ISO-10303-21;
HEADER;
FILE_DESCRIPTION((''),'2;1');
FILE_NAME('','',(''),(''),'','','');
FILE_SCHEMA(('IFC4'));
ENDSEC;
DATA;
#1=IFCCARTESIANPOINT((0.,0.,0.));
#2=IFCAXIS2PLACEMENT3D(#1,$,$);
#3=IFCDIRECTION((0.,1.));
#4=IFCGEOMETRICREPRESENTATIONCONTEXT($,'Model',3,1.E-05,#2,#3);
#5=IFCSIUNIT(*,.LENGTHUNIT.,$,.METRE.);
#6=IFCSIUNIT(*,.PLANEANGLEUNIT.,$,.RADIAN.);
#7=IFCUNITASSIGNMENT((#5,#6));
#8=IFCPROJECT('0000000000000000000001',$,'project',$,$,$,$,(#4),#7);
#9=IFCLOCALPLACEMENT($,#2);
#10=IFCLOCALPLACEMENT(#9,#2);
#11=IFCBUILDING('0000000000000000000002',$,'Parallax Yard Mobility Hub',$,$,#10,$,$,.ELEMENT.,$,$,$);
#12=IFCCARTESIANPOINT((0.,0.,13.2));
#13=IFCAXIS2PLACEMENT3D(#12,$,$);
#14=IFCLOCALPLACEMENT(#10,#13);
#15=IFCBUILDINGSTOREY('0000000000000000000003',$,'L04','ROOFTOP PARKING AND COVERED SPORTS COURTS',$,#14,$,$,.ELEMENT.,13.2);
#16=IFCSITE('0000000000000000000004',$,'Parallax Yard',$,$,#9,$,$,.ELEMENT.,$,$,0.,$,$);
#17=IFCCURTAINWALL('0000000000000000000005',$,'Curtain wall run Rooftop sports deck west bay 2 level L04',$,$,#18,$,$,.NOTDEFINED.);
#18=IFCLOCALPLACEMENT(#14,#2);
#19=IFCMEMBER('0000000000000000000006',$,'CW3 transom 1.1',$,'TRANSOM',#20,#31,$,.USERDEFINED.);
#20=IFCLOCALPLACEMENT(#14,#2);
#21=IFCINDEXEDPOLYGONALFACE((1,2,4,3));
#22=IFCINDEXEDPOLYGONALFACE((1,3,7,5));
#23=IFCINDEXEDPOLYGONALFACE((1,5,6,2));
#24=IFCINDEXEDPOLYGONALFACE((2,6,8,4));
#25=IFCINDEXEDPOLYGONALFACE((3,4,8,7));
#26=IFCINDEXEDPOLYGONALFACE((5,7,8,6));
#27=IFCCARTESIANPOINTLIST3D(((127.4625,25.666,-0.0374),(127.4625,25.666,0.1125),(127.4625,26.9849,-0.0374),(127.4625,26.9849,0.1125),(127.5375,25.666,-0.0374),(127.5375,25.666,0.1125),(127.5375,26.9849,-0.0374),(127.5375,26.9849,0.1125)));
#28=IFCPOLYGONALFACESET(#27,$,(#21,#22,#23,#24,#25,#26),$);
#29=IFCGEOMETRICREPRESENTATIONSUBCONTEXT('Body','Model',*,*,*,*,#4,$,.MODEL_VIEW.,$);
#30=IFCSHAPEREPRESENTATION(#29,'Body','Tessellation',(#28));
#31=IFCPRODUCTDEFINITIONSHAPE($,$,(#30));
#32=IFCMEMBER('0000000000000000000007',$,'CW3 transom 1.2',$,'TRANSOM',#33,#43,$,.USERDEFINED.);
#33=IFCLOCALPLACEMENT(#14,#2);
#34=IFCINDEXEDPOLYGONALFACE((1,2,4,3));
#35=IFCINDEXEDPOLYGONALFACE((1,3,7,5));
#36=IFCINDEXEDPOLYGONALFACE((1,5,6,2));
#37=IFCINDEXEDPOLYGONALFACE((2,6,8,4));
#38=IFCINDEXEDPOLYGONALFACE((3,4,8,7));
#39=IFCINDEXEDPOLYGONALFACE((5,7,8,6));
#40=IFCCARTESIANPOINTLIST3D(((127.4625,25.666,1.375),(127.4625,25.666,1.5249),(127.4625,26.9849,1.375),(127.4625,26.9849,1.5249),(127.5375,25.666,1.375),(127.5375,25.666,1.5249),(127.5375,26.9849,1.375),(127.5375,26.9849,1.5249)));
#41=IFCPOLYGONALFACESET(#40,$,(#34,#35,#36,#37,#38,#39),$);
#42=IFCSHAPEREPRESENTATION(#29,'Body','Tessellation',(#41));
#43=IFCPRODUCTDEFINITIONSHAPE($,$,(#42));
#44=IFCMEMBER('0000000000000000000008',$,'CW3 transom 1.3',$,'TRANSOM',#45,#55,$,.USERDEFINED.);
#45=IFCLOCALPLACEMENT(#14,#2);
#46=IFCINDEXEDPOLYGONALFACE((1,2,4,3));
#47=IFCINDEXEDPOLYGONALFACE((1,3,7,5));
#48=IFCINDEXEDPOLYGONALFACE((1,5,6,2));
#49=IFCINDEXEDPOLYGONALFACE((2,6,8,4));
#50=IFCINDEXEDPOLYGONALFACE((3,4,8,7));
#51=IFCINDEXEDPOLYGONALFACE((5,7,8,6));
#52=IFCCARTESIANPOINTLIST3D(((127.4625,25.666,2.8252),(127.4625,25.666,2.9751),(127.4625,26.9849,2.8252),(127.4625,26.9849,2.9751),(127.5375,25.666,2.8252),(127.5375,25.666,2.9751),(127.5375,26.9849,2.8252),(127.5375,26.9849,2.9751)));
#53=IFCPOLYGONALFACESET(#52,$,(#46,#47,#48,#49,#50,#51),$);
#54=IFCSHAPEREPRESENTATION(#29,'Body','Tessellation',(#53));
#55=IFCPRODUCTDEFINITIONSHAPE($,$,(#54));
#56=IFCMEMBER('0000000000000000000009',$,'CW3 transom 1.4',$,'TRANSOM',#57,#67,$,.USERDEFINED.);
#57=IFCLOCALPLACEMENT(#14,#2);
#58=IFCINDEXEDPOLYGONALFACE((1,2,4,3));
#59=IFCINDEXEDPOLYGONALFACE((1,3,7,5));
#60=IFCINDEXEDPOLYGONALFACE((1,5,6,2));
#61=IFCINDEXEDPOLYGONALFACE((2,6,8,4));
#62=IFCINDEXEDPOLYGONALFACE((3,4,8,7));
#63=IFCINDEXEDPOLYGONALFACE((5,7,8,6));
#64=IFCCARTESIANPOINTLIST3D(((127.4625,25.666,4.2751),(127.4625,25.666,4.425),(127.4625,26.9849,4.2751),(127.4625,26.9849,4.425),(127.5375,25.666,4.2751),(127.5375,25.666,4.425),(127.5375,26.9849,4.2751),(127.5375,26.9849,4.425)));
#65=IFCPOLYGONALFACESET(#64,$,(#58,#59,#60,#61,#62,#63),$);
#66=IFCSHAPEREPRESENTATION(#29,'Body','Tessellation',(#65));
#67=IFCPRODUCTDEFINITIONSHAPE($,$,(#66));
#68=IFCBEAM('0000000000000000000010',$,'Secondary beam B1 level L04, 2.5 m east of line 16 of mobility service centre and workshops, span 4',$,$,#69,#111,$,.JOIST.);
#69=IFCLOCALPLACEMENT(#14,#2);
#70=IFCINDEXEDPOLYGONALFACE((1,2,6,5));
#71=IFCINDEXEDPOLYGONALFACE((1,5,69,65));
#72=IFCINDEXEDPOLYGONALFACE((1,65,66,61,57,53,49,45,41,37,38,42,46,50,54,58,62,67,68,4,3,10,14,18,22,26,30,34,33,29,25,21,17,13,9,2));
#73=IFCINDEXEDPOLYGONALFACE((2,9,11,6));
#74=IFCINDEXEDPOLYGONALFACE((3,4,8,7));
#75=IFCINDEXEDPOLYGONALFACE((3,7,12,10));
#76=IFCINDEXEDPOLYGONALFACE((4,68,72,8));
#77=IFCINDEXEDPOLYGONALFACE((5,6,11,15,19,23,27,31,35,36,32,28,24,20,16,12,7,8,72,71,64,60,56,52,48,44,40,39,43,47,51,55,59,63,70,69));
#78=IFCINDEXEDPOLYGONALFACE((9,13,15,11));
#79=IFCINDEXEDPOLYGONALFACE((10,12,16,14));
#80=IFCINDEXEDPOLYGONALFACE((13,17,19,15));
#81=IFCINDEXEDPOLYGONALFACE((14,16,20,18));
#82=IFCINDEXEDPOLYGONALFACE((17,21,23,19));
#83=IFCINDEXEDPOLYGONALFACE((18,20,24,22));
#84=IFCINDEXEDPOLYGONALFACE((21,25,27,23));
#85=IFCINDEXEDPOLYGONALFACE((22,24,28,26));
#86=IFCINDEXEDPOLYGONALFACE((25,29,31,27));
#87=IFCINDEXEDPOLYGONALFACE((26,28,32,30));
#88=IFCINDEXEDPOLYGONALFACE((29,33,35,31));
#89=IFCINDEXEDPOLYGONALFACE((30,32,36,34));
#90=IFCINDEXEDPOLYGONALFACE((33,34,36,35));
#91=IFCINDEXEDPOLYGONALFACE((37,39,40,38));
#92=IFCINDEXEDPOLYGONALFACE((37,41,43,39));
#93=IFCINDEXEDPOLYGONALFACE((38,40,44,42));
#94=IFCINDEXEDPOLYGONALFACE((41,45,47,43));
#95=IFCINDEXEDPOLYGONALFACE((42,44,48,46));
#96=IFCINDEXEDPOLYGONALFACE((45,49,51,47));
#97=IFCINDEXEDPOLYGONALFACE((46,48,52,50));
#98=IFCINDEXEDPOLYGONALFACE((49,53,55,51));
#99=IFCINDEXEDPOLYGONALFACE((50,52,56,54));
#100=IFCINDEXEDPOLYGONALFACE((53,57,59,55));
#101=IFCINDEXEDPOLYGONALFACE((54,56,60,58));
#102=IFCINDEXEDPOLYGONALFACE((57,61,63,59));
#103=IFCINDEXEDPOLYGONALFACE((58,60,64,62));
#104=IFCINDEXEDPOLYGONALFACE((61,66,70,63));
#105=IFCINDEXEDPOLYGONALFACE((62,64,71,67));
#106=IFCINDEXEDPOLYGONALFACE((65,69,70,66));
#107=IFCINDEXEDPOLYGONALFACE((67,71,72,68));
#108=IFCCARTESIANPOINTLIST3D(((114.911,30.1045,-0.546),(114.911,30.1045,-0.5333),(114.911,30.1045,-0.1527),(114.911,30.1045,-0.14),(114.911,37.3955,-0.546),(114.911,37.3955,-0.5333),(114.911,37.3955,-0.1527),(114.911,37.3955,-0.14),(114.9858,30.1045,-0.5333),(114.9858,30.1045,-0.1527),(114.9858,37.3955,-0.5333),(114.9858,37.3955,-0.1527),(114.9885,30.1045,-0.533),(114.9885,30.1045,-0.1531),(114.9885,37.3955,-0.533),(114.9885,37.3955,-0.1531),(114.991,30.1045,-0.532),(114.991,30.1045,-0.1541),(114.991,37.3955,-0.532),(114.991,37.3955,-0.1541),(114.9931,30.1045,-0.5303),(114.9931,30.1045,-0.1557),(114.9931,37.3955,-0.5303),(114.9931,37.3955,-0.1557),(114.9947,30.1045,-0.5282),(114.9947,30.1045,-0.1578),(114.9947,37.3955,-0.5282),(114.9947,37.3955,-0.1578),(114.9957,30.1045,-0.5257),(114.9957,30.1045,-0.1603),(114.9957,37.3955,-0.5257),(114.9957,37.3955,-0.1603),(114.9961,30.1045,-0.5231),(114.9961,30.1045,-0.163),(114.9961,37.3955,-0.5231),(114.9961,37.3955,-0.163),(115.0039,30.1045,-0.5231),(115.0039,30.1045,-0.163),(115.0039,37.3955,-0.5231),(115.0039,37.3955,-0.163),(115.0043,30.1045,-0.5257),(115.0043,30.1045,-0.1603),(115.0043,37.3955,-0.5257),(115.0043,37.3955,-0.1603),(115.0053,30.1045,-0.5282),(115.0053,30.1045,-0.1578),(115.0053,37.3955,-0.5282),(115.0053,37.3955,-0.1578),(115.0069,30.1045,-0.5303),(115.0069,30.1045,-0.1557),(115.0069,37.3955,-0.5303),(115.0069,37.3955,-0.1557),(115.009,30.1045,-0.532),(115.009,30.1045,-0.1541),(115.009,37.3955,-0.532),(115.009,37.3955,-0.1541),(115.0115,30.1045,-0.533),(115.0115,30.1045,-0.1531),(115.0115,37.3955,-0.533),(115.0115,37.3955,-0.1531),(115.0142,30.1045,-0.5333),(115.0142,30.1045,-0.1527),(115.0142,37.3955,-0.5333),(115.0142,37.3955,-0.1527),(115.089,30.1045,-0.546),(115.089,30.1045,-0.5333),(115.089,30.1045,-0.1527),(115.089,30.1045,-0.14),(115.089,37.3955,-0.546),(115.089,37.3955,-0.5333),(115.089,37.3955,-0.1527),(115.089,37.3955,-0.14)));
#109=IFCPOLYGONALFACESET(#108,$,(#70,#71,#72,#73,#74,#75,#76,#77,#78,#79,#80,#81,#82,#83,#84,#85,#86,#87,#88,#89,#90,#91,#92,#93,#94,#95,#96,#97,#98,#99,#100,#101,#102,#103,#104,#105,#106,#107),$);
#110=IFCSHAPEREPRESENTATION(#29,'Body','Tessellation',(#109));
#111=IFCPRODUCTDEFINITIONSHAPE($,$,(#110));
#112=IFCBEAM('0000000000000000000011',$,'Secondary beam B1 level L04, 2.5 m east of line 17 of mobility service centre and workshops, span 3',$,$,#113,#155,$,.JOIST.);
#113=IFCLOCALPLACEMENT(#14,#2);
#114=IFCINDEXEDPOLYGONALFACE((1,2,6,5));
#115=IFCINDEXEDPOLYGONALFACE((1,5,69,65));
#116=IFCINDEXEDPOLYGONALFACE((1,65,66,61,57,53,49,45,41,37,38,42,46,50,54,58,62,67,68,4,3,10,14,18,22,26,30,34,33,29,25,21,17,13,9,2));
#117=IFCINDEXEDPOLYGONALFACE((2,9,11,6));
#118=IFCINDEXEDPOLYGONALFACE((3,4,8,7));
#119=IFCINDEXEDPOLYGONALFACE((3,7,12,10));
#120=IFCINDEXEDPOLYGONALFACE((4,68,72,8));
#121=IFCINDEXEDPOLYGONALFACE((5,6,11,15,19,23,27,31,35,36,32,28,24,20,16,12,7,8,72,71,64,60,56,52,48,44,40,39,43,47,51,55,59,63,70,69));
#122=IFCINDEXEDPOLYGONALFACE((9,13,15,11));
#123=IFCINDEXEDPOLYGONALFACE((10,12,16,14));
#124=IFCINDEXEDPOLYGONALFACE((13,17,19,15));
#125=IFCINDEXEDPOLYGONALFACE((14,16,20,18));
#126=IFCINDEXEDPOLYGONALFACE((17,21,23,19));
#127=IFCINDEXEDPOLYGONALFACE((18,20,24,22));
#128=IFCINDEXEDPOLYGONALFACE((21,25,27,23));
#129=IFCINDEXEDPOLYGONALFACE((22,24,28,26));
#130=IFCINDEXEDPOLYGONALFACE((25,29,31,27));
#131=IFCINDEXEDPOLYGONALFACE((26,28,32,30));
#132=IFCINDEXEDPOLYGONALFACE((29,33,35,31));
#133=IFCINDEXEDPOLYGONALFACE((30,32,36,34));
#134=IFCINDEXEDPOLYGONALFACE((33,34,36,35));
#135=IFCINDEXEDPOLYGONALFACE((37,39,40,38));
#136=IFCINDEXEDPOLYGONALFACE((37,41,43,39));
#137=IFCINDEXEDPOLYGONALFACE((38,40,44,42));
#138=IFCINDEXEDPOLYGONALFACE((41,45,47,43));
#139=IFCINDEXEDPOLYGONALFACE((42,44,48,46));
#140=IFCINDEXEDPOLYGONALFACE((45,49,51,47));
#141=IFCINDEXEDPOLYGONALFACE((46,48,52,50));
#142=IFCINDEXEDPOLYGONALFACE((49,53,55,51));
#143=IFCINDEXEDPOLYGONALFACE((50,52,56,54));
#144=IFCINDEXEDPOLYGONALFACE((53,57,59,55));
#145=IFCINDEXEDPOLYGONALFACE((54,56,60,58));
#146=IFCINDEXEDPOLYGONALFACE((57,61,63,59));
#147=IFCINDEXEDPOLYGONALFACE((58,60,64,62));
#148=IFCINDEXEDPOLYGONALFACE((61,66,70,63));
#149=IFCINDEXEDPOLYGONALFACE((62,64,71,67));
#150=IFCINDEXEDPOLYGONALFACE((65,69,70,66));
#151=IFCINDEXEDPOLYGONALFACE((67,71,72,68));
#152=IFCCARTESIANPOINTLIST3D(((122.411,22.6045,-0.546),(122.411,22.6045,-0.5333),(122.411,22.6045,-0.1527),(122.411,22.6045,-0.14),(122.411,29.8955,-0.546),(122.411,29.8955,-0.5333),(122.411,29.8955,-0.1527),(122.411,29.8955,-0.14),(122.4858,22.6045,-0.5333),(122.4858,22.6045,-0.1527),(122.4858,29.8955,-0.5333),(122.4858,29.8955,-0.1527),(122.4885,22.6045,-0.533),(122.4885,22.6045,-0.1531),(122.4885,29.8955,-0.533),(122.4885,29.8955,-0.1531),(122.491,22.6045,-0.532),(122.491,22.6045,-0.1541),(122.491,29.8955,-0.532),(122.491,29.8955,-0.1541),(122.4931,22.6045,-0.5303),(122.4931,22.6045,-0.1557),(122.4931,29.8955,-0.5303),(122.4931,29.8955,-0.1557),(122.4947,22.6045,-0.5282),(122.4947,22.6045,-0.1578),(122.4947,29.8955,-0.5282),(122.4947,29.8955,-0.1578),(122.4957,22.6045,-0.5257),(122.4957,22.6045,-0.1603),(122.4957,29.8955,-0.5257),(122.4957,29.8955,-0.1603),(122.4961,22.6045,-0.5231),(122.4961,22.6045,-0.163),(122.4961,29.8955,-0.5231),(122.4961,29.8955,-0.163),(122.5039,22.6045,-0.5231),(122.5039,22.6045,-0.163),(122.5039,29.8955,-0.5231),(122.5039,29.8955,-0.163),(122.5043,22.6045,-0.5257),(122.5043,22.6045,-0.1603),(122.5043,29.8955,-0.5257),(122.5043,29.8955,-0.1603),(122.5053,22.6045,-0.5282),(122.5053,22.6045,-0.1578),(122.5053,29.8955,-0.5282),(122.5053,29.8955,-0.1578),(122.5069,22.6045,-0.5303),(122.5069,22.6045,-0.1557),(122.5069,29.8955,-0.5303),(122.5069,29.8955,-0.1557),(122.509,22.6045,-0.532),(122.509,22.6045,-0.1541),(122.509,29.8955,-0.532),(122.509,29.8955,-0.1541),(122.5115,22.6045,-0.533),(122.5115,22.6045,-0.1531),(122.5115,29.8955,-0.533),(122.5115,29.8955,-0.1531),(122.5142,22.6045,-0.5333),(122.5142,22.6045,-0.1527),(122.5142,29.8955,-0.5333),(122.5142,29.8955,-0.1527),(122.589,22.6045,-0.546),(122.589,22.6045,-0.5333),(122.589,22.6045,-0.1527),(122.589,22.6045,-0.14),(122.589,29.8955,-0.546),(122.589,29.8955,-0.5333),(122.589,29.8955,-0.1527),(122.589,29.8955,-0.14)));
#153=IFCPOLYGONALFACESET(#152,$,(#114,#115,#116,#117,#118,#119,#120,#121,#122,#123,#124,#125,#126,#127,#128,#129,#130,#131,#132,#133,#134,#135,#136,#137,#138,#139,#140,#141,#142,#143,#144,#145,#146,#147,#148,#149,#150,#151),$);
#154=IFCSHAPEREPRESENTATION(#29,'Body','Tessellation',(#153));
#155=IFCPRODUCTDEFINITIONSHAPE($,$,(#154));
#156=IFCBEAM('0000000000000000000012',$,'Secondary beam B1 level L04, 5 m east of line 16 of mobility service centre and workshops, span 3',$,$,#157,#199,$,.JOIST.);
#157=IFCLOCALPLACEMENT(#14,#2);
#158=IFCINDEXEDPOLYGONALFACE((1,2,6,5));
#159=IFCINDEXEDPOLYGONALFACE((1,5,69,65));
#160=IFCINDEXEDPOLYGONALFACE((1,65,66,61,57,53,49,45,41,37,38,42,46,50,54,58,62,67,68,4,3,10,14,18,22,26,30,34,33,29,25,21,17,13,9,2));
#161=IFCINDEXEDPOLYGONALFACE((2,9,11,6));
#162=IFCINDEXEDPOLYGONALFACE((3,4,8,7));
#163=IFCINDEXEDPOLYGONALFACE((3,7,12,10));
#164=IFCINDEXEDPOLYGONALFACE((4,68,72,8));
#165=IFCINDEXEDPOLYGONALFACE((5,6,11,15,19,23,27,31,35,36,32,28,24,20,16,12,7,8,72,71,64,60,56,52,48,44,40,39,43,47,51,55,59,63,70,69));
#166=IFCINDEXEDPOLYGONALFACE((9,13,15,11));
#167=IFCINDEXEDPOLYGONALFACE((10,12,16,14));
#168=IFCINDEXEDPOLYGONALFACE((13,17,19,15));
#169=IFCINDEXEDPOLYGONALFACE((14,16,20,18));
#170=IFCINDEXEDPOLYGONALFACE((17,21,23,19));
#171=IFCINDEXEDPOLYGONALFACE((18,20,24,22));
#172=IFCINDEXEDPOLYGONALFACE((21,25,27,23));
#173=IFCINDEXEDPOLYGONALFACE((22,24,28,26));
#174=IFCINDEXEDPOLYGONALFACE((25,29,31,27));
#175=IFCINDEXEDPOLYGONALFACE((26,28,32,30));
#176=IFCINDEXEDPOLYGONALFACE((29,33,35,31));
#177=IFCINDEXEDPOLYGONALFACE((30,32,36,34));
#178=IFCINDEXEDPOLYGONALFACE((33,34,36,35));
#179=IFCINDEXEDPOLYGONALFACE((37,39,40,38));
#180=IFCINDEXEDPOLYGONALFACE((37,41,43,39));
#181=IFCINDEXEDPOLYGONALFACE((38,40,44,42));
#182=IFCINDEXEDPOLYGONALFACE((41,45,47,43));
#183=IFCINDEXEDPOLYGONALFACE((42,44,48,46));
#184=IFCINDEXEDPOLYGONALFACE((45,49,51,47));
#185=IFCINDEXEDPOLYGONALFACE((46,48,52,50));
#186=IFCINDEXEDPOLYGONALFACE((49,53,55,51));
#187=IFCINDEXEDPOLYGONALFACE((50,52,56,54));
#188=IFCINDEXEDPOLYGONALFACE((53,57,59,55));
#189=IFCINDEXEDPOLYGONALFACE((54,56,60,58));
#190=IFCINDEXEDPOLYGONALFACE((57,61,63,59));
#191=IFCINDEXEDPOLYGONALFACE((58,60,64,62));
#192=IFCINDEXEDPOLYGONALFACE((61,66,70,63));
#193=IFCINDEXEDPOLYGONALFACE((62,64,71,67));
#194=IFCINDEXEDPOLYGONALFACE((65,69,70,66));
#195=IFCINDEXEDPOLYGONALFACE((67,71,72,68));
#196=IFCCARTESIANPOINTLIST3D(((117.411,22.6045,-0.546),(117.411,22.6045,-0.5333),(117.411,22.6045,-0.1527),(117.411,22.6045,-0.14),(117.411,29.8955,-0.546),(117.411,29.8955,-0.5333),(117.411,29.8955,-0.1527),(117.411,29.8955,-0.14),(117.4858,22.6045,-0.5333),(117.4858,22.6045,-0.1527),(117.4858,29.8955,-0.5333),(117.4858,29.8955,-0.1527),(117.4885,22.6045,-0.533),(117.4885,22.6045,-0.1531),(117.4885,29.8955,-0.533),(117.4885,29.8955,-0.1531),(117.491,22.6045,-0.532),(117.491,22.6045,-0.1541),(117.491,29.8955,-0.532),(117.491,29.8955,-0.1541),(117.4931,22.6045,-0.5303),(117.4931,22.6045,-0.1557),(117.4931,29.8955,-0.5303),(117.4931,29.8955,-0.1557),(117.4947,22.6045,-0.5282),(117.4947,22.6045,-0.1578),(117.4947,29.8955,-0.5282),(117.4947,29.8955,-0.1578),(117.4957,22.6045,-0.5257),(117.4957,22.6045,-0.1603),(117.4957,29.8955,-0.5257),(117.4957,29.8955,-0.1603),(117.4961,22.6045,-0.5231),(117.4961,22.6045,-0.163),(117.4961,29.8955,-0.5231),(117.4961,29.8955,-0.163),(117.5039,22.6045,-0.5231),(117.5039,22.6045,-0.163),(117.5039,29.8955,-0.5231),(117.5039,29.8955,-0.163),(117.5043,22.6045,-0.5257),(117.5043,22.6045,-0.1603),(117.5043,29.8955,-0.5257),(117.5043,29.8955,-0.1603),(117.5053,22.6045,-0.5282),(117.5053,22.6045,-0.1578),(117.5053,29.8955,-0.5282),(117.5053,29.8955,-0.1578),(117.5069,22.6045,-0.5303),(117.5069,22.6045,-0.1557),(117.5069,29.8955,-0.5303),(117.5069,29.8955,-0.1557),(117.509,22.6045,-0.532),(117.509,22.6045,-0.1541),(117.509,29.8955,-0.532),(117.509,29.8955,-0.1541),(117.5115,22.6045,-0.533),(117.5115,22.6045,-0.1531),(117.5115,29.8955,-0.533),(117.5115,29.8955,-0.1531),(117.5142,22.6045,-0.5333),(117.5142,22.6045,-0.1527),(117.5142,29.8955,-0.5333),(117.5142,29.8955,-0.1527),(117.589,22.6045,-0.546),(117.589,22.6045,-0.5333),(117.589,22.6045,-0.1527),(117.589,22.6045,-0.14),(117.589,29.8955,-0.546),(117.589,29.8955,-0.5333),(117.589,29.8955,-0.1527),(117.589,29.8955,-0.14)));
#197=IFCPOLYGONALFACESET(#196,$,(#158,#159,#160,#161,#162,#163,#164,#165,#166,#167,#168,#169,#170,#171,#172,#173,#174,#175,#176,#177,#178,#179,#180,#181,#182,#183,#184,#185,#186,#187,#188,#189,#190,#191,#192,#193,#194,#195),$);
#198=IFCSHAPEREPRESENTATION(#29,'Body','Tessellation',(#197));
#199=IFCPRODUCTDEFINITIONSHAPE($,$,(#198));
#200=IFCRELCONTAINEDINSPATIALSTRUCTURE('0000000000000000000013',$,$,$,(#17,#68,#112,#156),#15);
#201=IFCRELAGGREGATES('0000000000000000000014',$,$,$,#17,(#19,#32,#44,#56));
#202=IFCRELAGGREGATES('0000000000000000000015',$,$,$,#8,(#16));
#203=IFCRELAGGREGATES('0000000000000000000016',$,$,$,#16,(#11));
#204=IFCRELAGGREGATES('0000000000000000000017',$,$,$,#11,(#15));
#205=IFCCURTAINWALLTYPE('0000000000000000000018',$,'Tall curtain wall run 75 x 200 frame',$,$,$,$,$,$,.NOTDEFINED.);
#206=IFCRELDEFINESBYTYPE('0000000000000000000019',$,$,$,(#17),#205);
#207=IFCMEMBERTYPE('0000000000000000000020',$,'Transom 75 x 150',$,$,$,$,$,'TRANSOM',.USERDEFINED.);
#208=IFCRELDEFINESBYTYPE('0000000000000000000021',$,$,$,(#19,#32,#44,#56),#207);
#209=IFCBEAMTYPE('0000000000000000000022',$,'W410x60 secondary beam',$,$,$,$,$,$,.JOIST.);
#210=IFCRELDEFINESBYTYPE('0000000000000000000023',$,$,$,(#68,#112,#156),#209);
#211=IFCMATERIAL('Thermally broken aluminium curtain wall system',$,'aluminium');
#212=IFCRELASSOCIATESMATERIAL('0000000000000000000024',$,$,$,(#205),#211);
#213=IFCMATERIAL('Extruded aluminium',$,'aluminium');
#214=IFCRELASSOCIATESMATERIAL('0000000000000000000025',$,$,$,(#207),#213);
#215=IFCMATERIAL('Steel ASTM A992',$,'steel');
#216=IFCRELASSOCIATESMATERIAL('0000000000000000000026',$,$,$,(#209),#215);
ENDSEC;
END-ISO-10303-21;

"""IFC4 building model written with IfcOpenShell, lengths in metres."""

from ifc_helpers import new_model, si_unit, direction, frame, origin, origin_2d, place, context, subcontext, project, spatial, rectangle, i_section, extrude, material, material_profile, profile_set, type_object, element, aggregate, save


model = new_model("IFC4")

# Units and contexts
model_context = context("Model", 3, precision=1e-05, world=origin(), true_north=direction((0.0, 1.0)))
body_context = subcontext(model_context, "Body", "Model", "MODEL_VIEW")
ifc_project = project(units=[si_unit("LENGTHUNIT", "METRE"), si_unit("PLANEANGLEUNIT", "RADIAN")], contexts=[model_context])

# Site, building, storey
site_placement = place(None, origin())
site = spatial("IfcSite", under=ifc_project, at=site_placement, Name="Parallax Yard", CompositionType="ELEMENT", RefElevation=0.0)
building_placement = place(site_placement, origin())
building = spatial("IfcBuilding", under=site, at=building_placement, Name="Parallax Yard Mobility Hub", CompositionType="ELEMENT")
storey_placement = place(building_placement, frame((0.0, 0.0, 13.2)))
storey = spatial("IfcBuildingStorey", under=building, at=storey_placement, Name="L04", Description="ROOFTOP PARKING AND COVERED SPORTS COURTS", CompositionType="ELEMENT", Elevation=13.2)

# Shared definitions
ifc_material_1 = material(Name="Thermally broken aluminium curtain wall system", Category="aluminium")
curtain_wall_type = type_object("IfcCurtainWallType", Name="Tall curtain wall run 75 x 200 frame", PredefinedType="NOTDEFINED", material=ifc_material_1)
ifc_material_2 = material(Name="Extruded aluminium", Category="aluminium")

# Curtain wall
curtain_wall_1_placement = place(storey_placement, origin())
curtain_wall_1 = element("IfcCurtainWall", 1, at=curtain_wall_1_placement, inside=storey, type_object=curtain_wall_type, Name="Curtain wall run Rooftop sports deck west bay 2 level L04", PredefinedType="NOTDEFINED")

# Shared definitions
ifc_material_3 = material(Name="Steel ASTM A992", Category="steel")

# Members
ifc_material_profile_1 = material_profile(ifc_material_2, rectangle(XDim=0.075, YDim=0.1499, at=origin_2d()), Name="Transom 75 x 150")
ifc_profile_set_1 = profile_set([ifc_material_profile_1], Name="Extruded aluminium")
member_type_1 = type_object("IfcMemberType", Name="Transom 75 x 150", ElementType="TRANSOM", PredefinedType="USERDEFINED", material=ifc_profile_set_1)
member_1_placement = place(storey_placement, frame((127.5, 25.666, 0.0376), z_axis=(0.0, 1.0, 0.0), x_axis=(-1.0, 0.0, 0.0)))
member_1 = element("IfcMember", 2, at=member_1_placement, type_object=member_type_1, Name="CW3 transom 1.1", ObjectType="TRANSOM", PredefinedType="USERDEFINED", context=body_context, shape_type="SweptSolid", body=[
    extrude(rectangle(XDim=0.075, YDim=0.1499, at=origin_2d()), origin(), (0.0, 0.0, 1.0), 1.3188),
])
member_2_placement = place(storey_placement, frame((127.5, 25.666, 1.45), z_axis=(0.0, 1.0, 0.0), x_axis=(-1.0, 0.0, 0.0)))
member_2 = element("IfcMember", 3, at=member_2_placement, type_object=member_type_1, Name="CW3 transom 1.2", ObjectType="TRANSOM", PredefinedType="USERDEFINED", context=body_context, shape_type="SweptSolid", body=[
    extrude(rectangle(XDim=0.075, YDim=0.1499, at=origin_2d()), origin(), (0.0, 0.0, 1.0), 1.3188),
])
member_3_placement = place(storey_placement, frame((127.5, 25.666, 2.9001), z_axis=(0.0, 1.0, 0.0), x_axis=(-1.0, 0.0, 0.0)))
member_3 = element("IfcMember", 4, at=member_3_placement, type_object=member_type_1, Name="CW3 transom 1.3", ObjectType="TRANSOM", PredefinedType="USERDEFINED", context=body_context, shape_type="SweptSolid", body=[
    extrude(rectangle(XDim=0.075, YDim=0.1499, at=origin_2d()), origin(), (0.0, 0.0, 1.0), 1.3188),
])
member_4_placement = place(storey_placement, frame((127.5, 25.666, 4.3501), z_axis=(0.0, 1.0, 0.0), x_axis=(-1.0, 0.0, 0.0)))
member_4 = element("IfcMember", 5, at=member_4_placement, type_object=member_type_1, Name="CW3 transom 1.4", ObjectType="TRANSOM", PredefinedType="USERDEFINED", context=body_context, shape_type="SweptSolid", body=[
    extrude(rectangle(XDim=0.075, YDim=0.1499, at=origin_2d()), origin(), (0.0, 0.0, 1.0), 1.3188),
])
aggregate(curtain_wall_1, [member_1, member_2, member_3, member_4])

# Beams
ifc_material_profile_2 = material_profile(ifc_material_3, i_section(OverallWidth=0.178, OverallDepth=0.406, WebThickness=0.0078, FlangeThickness=0.0127, FilletRadius=0.0103, at=origin_2d()), Name="W410x60")
ifc_profile_set_2 = profile_set([ifc_material_profile_2], Name="Steel ASTM A992")
beam_type_1 = type_object("IfcBeamType", Name="W410x60 secondary beam", PredefinedType="JOIST", material=ifc_profile_set_2)
for number, where, z_axis, x_axis, name in (
    (6, (115.0, 30.1045, -0.343), (0.0, 1.0, 0.0), (-1.0, 0.0, 0.0), "Secondary beam B1 level L04, 2.5 m east of line 16 of mobility service centre and workshops, span 4"),
    (7, (122.5, 22.6045, -0.343), (0.0, 1.0, 0.0), (-1.0, 0.0, 0.0), "Secondary beam B1 level L04, 2.5 m east of line 17 of mobility service centre and workshops, span 3"),
    (8, (117.5, 22.6045, -0.343), (0.0, 1.0, 0.0), (-1.0, 0.0, 0.0), "Secondary beam B1 level L04, 5 m east of line 16 of mobility service centre and workshops, span 3"),
):
    element("IfcBeam", number, at=place(storey_placement, frame(where, z_axis=z_axis, x_axis=x_axis)), inside=storey, type_object=beam_type_1, Name=name, PredefinedType="JOIST", context=body_context, shape_type="SweptSolid", body=[
        extrude(i_section(OverallWidth=0.178, OverallDepth=0.406, WebThickness=0.0078, FlangeThickness=0.0127, FilletRadius=0.0103, at=origin_2d()), origin(), (0.0, 0.0, 1.0), 7.291),
    ])

save(model, "model.ifc")
